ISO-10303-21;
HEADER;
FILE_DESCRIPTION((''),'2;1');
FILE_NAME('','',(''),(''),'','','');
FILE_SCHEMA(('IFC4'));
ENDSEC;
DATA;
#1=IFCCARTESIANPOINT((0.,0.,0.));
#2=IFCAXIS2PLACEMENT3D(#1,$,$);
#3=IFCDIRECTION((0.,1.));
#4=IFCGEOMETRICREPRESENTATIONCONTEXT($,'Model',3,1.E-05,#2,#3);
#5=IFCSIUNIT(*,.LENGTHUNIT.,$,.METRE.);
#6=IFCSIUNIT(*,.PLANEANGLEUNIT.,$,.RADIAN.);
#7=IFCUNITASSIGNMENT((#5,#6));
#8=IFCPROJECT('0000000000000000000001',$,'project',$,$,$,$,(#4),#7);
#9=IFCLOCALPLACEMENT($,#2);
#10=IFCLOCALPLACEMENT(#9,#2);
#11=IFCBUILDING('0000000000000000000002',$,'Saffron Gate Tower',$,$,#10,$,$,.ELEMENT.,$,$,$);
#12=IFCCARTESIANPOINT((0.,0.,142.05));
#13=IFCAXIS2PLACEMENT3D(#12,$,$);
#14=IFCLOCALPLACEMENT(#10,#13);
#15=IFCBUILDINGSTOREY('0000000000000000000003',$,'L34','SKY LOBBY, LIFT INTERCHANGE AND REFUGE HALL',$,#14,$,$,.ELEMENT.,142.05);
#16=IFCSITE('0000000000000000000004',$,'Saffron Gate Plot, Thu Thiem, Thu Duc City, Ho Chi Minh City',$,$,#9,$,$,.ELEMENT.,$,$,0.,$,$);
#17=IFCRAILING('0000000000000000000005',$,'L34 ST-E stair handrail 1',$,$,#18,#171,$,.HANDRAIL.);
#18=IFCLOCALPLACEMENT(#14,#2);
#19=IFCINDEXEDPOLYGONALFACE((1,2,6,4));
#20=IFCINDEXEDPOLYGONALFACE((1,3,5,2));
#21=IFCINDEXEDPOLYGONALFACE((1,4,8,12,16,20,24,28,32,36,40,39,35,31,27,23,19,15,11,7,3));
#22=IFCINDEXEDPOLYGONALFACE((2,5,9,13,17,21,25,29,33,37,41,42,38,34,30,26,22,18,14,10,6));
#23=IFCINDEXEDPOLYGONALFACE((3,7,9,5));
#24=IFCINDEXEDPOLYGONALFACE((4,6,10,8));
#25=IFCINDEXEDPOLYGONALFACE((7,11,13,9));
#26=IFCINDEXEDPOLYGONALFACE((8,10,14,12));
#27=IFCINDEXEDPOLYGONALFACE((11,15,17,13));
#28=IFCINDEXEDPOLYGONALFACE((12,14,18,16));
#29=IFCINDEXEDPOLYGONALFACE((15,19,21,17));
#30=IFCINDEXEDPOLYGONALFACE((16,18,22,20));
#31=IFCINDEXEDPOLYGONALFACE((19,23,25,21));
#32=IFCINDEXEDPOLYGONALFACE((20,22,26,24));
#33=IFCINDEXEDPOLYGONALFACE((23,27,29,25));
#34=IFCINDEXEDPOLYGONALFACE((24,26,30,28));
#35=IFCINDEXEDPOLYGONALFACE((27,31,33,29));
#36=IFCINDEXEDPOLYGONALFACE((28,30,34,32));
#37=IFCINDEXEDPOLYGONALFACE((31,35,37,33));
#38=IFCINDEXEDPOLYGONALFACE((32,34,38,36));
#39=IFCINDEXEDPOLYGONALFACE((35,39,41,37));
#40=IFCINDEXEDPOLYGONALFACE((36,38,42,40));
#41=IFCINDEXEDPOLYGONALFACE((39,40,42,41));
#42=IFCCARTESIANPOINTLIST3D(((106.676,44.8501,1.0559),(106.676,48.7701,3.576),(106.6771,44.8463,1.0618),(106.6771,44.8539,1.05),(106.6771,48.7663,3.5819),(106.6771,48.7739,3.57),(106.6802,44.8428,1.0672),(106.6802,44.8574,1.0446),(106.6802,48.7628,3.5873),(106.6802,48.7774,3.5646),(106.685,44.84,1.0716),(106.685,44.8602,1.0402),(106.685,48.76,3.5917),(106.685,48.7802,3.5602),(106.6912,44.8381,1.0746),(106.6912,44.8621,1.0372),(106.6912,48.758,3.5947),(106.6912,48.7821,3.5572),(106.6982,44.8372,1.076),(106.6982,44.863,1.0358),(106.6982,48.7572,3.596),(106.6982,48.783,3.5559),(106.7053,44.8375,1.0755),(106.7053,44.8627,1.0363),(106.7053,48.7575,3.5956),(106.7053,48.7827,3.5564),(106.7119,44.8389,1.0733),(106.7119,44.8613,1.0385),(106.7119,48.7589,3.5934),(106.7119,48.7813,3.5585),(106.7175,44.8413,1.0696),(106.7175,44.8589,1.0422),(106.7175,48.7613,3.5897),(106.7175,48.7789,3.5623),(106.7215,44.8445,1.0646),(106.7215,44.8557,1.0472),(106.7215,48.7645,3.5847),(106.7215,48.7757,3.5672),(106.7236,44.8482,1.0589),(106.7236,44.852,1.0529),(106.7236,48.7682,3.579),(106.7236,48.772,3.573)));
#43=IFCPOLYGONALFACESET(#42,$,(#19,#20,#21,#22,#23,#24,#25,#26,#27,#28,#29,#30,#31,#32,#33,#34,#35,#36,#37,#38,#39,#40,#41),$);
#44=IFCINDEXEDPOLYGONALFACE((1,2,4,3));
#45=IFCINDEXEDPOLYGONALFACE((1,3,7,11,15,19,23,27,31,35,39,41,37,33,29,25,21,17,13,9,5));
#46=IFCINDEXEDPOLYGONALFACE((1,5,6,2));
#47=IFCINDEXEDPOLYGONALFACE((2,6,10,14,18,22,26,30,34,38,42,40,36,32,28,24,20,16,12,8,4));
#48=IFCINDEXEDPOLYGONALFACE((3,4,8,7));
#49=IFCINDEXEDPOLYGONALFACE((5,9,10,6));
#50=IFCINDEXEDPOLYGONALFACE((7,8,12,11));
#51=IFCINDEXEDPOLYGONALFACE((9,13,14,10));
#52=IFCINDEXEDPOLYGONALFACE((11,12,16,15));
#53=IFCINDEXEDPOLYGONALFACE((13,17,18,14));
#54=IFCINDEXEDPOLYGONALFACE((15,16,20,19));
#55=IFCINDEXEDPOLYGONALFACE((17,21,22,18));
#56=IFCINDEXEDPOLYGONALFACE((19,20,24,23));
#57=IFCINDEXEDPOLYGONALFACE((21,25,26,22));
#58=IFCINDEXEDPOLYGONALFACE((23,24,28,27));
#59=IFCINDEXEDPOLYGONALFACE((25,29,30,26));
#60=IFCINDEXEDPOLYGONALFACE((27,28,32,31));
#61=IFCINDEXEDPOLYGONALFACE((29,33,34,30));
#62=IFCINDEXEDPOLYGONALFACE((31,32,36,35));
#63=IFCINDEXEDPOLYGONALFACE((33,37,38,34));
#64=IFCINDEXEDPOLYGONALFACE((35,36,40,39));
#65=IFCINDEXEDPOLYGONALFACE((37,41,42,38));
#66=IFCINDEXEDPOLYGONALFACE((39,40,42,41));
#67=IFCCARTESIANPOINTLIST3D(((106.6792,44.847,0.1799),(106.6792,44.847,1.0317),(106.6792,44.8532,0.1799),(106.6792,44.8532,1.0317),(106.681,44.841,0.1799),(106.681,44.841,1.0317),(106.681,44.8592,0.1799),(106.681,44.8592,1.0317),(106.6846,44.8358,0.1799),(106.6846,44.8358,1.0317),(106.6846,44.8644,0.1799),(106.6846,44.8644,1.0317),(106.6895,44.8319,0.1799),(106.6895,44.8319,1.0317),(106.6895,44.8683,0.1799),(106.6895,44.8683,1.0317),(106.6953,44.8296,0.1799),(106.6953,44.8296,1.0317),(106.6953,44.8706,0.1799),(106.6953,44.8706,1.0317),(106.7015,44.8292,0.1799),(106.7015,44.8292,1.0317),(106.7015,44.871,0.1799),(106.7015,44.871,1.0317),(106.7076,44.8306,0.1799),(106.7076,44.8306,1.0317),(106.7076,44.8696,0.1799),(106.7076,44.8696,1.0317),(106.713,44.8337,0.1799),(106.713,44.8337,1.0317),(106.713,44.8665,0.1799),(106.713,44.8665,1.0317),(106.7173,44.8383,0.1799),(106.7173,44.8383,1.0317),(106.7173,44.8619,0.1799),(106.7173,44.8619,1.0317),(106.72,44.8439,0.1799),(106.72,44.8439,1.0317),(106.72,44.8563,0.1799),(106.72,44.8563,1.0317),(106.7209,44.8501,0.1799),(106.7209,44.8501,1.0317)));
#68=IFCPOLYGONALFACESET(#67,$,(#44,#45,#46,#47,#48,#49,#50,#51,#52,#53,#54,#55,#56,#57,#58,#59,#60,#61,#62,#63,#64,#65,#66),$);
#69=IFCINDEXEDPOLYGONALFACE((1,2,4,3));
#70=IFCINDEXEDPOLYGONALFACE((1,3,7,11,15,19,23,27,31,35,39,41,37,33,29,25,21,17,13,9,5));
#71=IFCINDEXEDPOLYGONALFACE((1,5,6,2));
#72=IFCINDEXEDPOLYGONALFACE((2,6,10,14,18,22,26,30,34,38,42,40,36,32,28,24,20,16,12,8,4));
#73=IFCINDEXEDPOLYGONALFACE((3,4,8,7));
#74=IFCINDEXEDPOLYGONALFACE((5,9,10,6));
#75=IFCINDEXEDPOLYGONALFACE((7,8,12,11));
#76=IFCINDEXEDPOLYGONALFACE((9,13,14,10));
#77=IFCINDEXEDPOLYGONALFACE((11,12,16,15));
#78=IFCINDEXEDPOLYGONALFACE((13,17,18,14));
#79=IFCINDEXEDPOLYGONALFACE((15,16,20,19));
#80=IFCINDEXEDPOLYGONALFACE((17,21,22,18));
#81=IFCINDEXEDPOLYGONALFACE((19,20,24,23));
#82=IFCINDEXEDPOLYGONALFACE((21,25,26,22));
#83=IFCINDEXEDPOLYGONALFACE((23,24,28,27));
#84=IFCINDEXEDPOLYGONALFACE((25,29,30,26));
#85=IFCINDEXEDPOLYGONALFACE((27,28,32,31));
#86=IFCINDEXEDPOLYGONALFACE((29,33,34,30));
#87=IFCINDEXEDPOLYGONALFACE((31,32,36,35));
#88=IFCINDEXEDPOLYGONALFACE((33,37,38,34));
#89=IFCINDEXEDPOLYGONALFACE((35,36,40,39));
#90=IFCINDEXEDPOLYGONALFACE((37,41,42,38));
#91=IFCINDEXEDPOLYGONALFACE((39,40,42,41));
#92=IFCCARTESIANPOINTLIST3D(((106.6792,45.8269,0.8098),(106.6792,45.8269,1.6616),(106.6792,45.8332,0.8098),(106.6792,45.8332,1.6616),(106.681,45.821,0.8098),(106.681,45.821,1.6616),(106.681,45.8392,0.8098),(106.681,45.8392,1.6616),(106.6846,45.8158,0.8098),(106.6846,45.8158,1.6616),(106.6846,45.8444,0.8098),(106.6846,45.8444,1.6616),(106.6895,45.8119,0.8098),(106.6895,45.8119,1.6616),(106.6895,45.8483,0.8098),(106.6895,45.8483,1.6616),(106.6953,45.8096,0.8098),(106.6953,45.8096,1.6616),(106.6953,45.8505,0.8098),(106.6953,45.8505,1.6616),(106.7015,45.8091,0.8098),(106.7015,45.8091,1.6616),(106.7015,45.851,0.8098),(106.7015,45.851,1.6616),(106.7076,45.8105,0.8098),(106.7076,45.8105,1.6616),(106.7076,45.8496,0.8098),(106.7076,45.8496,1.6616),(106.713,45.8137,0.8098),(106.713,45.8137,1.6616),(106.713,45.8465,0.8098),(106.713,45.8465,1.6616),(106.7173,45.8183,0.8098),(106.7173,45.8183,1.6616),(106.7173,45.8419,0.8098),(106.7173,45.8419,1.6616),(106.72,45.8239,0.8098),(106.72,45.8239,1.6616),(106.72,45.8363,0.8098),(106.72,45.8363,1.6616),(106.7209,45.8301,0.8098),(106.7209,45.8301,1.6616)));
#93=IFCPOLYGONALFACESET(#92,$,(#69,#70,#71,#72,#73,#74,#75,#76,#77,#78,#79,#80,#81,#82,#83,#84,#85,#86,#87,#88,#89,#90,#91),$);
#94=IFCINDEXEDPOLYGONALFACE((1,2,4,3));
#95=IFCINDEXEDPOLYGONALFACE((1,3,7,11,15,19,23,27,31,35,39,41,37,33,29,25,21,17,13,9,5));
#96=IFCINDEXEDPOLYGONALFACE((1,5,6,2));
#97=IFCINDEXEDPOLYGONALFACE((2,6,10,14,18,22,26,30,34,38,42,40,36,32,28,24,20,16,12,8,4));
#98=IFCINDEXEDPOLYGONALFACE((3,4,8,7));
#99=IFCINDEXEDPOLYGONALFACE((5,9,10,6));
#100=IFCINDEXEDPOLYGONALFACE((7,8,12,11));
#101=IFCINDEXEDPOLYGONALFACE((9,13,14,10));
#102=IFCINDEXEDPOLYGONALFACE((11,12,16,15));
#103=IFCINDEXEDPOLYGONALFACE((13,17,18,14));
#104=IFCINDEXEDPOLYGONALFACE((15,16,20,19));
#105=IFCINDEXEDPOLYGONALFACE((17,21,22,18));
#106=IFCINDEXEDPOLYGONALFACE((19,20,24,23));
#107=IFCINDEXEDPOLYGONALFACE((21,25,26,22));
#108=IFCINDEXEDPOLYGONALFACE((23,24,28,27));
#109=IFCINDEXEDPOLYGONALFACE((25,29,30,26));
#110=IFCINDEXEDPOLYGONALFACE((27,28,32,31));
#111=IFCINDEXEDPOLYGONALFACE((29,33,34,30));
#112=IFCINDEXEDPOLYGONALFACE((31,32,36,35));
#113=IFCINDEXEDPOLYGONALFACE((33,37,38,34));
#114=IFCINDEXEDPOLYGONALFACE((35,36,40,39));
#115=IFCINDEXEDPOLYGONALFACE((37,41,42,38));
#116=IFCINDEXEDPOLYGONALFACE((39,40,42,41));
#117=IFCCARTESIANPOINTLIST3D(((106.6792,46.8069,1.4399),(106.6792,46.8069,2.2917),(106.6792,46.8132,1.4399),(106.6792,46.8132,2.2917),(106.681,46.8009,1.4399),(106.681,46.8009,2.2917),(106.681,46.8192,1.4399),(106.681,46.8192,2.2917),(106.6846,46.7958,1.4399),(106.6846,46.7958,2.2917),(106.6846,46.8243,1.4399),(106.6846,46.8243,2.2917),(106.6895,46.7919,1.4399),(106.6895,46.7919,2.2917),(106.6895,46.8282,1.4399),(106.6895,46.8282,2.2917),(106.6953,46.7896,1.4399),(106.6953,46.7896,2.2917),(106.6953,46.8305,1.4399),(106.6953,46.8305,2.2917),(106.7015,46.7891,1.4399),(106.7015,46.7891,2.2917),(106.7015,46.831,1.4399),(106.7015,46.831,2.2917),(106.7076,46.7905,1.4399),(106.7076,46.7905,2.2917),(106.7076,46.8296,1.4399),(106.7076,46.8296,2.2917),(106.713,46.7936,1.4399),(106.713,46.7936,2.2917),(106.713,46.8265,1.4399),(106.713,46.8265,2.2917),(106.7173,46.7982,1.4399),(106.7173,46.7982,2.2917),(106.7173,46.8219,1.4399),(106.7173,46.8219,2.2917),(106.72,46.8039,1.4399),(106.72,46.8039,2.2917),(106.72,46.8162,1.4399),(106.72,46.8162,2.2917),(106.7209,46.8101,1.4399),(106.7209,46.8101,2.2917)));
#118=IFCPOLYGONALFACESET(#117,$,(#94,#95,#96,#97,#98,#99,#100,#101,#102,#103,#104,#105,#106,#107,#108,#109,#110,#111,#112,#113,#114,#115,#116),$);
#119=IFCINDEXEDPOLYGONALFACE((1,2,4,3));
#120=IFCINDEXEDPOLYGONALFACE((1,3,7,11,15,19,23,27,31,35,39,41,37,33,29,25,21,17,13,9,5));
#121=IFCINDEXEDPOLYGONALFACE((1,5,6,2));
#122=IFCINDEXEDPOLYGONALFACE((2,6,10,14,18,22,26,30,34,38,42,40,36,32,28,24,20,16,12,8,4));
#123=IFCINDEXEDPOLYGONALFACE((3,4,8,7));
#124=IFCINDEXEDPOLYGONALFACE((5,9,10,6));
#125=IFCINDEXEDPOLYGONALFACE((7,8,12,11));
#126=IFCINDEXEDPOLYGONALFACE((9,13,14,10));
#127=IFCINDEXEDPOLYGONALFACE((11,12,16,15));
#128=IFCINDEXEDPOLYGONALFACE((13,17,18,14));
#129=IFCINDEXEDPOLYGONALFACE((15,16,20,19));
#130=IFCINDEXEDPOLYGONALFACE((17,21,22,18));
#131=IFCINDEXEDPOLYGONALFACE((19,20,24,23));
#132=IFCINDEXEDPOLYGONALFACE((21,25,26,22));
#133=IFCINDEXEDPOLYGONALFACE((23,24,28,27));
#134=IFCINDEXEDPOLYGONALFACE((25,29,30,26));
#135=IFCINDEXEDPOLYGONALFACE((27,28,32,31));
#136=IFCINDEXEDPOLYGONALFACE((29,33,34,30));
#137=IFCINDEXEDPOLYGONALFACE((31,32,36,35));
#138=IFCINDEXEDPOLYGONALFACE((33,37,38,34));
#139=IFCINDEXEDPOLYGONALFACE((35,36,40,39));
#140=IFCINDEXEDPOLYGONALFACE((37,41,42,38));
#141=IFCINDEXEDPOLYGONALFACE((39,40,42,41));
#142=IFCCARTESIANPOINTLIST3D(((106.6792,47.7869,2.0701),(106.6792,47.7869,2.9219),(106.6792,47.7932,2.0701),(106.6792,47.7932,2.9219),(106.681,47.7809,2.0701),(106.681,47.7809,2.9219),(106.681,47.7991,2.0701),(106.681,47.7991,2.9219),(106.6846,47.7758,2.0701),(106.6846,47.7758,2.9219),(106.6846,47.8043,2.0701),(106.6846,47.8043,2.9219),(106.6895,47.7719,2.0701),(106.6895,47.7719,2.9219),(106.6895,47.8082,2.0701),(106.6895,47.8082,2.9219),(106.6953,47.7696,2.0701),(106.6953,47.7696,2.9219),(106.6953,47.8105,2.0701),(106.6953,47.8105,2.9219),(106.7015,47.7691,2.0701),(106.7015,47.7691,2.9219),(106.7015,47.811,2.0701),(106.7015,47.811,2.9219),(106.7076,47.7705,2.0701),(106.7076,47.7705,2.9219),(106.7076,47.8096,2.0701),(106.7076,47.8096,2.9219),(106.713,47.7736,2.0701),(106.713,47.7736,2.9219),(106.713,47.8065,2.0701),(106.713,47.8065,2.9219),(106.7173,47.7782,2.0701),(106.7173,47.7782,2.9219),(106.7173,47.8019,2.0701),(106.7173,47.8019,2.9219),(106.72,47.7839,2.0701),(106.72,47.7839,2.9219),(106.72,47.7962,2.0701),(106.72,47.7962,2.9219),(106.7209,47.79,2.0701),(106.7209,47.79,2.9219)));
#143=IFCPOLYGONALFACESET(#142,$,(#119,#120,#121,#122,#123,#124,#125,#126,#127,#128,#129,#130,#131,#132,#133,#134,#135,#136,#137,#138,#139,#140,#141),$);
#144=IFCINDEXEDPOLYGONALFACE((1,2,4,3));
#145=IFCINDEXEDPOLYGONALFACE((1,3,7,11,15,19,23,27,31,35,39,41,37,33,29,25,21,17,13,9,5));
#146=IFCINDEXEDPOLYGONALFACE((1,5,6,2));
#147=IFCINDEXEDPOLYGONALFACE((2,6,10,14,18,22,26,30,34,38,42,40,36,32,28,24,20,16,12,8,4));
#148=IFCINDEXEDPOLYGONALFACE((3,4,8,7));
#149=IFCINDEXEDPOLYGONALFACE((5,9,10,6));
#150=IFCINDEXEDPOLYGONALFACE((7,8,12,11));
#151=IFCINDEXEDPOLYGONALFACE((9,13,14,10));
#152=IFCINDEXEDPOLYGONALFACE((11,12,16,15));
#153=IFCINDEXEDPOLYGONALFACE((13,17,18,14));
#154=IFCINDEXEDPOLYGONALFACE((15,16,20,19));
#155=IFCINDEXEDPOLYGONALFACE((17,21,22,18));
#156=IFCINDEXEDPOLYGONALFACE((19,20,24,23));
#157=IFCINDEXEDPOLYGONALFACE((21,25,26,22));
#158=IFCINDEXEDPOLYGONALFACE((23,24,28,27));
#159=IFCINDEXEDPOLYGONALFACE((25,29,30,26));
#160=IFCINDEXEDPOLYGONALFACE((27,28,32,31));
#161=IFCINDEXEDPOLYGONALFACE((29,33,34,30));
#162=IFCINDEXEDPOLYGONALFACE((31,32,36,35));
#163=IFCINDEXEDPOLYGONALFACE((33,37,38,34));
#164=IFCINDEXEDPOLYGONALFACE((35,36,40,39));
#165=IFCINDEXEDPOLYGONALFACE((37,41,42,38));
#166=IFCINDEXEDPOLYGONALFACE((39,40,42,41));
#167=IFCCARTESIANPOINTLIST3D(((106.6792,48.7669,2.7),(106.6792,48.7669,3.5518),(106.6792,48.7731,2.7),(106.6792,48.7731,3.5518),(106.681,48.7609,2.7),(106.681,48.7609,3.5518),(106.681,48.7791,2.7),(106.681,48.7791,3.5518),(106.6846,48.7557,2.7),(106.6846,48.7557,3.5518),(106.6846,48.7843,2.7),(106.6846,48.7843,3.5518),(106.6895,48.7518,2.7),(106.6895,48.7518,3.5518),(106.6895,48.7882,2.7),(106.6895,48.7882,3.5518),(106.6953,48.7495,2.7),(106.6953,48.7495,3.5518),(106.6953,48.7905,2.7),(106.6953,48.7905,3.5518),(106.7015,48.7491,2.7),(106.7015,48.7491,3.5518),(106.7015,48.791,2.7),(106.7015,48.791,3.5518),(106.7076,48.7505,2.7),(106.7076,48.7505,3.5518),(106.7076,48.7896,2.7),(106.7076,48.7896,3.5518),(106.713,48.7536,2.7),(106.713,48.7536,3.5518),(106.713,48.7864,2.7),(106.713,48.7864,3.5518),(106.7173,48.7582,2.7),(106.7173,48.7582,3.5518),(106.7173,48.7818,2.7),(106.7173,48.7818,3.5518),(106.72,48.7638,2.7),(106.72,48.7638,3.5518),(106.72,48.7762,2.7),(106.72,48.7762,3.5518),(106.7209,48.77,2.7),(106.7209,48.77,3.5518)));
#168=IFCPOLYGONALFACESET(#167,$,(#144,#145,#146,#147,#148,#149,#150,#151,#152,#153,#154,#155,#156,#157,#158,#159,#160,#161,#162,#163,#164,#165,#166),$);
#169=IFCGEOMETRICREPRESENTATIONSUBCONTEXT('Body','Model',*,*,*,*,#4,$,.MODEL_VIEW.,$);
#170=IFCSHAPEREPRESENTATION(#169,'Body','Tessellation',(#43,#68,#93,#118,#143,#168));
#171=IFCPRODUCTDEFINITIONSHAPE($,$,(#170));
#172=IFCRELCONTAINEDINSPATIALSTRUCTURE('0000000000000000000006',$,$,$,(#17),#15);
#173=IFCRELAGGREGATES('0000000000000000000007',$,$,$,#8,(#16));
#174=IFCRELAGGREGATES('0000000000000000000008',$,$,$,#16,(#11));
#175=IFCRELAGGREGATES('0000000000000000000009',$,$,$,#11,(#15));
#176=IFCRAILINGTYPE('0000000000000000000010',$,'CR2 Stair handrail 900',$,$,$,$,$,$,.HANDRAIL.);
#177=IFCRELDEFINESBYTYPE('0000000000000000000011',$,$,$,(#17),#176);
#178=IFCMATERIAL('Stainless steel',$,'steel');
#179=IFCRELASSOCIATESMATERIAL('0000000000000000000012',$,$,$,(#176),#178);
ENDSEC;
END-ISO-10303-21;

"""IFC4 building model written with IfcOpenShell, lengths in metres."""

from ifc_helpers import new_model, si_unit, direction, frame, origin, origin_2d, place, context, subcontext, project, spatial, circle, extrude, material, type_object, element, save


model = new_model("IFC4")

# Units and contexts
model_context = context("Model", 3, precision=1e-05, world=origin(), true_north=direction((0.0, 1.0)))
body_context = subcontext(model_context, "Body", "Model", "MODEL_VIEW")
ifc_project = project(units=[si_unit("LENGTHUNIT", "METRE"), si_unit("PLANEANGLEUNIT", "RADIAN")], contexts=[model_context])

# Site, building, storey
site_placement = place(None, origin())
site = spatial("IfcSite", under=ifc_project, at=site_placement, Name="Saffron Gate Plot, Thu Thiem, Thu Duc City, Ho Chi Minh City", CompositionType="ELEMENT", RefElevation=0.0)
building_placement = place(site_placement, origin())
building = spatial("IfcBuilding", under=site, at=building_placement, Name="Saffron Gate Tower", CompositionType="ELEMENT")
storey_placement = place(building_placement, frame((0.0, 0.0, 142.05)))
storey = spatial("IfcBuildingStorey", under=building, at=storey_placement, Name="L34", Description="SKY LOBBY, LIFT INTERCHANGE AND REFUGE HALL", CompositionType="ELEMENT", Elevation=142.05)

# Railing
ifc_material_1 = material(Name="Stainless steel", Category="steel")
railing_type_1 = type_object("IfcRailingType", Name="CR2 Stair handrail 900", PredefinedType="HANDRAIL", material=ifc_material_1)
railing_1_placement = place(storey_placement, frame((106.7, 44.8501, 0.1799)))
element("IfcRailing", 1, at=railing_1_placement, inside=storey, type_object=railing_type_1, Name="L34 ST-E stair handrail 1", PredefinedType="HANDRAIL", context=body_context, shape_type="SweptSolid", body=[
    extrude(circle(Radius=0.0239, at=origin_2d()), frame((0.0, 0.0, 0.876), z_axis=(0.0, 0.841172, 0.540768), x_axis=(-1.0, 0.0, 0.0)), (0.0, 0.0, 1.0), 4.6602),
    extrude(circle(Radius=0.021, at=origin_2d()), origin(), (0.0, 0.0, 1.0), 0.8518),
    extrude(circle(Radius=0.021, at=origin_2d()), frame((0.0, 0.98, 0.6299)), (0.0, 0.0, 1.0), 0.8518),
    extrude(circle(Radius=0.021, at=origin_2d()), frame((0.0, 1.96, 1.26)), (0.0, 0.0, 1.0), 0.8518),
    extrude(circle(Radius=0.021, at=origin_2d()), frame((0.0, 2.9399, 1.8901)), (0.0, 0.0, 1.0), 0.8518),
    extrude(circle(Radius=0.021, at=origin_2d()), frame((0.0, 3.9199, 2.52)), (0.0, 0.0, 1.0), 0.8518),
])

save(model, "model.ifc")
